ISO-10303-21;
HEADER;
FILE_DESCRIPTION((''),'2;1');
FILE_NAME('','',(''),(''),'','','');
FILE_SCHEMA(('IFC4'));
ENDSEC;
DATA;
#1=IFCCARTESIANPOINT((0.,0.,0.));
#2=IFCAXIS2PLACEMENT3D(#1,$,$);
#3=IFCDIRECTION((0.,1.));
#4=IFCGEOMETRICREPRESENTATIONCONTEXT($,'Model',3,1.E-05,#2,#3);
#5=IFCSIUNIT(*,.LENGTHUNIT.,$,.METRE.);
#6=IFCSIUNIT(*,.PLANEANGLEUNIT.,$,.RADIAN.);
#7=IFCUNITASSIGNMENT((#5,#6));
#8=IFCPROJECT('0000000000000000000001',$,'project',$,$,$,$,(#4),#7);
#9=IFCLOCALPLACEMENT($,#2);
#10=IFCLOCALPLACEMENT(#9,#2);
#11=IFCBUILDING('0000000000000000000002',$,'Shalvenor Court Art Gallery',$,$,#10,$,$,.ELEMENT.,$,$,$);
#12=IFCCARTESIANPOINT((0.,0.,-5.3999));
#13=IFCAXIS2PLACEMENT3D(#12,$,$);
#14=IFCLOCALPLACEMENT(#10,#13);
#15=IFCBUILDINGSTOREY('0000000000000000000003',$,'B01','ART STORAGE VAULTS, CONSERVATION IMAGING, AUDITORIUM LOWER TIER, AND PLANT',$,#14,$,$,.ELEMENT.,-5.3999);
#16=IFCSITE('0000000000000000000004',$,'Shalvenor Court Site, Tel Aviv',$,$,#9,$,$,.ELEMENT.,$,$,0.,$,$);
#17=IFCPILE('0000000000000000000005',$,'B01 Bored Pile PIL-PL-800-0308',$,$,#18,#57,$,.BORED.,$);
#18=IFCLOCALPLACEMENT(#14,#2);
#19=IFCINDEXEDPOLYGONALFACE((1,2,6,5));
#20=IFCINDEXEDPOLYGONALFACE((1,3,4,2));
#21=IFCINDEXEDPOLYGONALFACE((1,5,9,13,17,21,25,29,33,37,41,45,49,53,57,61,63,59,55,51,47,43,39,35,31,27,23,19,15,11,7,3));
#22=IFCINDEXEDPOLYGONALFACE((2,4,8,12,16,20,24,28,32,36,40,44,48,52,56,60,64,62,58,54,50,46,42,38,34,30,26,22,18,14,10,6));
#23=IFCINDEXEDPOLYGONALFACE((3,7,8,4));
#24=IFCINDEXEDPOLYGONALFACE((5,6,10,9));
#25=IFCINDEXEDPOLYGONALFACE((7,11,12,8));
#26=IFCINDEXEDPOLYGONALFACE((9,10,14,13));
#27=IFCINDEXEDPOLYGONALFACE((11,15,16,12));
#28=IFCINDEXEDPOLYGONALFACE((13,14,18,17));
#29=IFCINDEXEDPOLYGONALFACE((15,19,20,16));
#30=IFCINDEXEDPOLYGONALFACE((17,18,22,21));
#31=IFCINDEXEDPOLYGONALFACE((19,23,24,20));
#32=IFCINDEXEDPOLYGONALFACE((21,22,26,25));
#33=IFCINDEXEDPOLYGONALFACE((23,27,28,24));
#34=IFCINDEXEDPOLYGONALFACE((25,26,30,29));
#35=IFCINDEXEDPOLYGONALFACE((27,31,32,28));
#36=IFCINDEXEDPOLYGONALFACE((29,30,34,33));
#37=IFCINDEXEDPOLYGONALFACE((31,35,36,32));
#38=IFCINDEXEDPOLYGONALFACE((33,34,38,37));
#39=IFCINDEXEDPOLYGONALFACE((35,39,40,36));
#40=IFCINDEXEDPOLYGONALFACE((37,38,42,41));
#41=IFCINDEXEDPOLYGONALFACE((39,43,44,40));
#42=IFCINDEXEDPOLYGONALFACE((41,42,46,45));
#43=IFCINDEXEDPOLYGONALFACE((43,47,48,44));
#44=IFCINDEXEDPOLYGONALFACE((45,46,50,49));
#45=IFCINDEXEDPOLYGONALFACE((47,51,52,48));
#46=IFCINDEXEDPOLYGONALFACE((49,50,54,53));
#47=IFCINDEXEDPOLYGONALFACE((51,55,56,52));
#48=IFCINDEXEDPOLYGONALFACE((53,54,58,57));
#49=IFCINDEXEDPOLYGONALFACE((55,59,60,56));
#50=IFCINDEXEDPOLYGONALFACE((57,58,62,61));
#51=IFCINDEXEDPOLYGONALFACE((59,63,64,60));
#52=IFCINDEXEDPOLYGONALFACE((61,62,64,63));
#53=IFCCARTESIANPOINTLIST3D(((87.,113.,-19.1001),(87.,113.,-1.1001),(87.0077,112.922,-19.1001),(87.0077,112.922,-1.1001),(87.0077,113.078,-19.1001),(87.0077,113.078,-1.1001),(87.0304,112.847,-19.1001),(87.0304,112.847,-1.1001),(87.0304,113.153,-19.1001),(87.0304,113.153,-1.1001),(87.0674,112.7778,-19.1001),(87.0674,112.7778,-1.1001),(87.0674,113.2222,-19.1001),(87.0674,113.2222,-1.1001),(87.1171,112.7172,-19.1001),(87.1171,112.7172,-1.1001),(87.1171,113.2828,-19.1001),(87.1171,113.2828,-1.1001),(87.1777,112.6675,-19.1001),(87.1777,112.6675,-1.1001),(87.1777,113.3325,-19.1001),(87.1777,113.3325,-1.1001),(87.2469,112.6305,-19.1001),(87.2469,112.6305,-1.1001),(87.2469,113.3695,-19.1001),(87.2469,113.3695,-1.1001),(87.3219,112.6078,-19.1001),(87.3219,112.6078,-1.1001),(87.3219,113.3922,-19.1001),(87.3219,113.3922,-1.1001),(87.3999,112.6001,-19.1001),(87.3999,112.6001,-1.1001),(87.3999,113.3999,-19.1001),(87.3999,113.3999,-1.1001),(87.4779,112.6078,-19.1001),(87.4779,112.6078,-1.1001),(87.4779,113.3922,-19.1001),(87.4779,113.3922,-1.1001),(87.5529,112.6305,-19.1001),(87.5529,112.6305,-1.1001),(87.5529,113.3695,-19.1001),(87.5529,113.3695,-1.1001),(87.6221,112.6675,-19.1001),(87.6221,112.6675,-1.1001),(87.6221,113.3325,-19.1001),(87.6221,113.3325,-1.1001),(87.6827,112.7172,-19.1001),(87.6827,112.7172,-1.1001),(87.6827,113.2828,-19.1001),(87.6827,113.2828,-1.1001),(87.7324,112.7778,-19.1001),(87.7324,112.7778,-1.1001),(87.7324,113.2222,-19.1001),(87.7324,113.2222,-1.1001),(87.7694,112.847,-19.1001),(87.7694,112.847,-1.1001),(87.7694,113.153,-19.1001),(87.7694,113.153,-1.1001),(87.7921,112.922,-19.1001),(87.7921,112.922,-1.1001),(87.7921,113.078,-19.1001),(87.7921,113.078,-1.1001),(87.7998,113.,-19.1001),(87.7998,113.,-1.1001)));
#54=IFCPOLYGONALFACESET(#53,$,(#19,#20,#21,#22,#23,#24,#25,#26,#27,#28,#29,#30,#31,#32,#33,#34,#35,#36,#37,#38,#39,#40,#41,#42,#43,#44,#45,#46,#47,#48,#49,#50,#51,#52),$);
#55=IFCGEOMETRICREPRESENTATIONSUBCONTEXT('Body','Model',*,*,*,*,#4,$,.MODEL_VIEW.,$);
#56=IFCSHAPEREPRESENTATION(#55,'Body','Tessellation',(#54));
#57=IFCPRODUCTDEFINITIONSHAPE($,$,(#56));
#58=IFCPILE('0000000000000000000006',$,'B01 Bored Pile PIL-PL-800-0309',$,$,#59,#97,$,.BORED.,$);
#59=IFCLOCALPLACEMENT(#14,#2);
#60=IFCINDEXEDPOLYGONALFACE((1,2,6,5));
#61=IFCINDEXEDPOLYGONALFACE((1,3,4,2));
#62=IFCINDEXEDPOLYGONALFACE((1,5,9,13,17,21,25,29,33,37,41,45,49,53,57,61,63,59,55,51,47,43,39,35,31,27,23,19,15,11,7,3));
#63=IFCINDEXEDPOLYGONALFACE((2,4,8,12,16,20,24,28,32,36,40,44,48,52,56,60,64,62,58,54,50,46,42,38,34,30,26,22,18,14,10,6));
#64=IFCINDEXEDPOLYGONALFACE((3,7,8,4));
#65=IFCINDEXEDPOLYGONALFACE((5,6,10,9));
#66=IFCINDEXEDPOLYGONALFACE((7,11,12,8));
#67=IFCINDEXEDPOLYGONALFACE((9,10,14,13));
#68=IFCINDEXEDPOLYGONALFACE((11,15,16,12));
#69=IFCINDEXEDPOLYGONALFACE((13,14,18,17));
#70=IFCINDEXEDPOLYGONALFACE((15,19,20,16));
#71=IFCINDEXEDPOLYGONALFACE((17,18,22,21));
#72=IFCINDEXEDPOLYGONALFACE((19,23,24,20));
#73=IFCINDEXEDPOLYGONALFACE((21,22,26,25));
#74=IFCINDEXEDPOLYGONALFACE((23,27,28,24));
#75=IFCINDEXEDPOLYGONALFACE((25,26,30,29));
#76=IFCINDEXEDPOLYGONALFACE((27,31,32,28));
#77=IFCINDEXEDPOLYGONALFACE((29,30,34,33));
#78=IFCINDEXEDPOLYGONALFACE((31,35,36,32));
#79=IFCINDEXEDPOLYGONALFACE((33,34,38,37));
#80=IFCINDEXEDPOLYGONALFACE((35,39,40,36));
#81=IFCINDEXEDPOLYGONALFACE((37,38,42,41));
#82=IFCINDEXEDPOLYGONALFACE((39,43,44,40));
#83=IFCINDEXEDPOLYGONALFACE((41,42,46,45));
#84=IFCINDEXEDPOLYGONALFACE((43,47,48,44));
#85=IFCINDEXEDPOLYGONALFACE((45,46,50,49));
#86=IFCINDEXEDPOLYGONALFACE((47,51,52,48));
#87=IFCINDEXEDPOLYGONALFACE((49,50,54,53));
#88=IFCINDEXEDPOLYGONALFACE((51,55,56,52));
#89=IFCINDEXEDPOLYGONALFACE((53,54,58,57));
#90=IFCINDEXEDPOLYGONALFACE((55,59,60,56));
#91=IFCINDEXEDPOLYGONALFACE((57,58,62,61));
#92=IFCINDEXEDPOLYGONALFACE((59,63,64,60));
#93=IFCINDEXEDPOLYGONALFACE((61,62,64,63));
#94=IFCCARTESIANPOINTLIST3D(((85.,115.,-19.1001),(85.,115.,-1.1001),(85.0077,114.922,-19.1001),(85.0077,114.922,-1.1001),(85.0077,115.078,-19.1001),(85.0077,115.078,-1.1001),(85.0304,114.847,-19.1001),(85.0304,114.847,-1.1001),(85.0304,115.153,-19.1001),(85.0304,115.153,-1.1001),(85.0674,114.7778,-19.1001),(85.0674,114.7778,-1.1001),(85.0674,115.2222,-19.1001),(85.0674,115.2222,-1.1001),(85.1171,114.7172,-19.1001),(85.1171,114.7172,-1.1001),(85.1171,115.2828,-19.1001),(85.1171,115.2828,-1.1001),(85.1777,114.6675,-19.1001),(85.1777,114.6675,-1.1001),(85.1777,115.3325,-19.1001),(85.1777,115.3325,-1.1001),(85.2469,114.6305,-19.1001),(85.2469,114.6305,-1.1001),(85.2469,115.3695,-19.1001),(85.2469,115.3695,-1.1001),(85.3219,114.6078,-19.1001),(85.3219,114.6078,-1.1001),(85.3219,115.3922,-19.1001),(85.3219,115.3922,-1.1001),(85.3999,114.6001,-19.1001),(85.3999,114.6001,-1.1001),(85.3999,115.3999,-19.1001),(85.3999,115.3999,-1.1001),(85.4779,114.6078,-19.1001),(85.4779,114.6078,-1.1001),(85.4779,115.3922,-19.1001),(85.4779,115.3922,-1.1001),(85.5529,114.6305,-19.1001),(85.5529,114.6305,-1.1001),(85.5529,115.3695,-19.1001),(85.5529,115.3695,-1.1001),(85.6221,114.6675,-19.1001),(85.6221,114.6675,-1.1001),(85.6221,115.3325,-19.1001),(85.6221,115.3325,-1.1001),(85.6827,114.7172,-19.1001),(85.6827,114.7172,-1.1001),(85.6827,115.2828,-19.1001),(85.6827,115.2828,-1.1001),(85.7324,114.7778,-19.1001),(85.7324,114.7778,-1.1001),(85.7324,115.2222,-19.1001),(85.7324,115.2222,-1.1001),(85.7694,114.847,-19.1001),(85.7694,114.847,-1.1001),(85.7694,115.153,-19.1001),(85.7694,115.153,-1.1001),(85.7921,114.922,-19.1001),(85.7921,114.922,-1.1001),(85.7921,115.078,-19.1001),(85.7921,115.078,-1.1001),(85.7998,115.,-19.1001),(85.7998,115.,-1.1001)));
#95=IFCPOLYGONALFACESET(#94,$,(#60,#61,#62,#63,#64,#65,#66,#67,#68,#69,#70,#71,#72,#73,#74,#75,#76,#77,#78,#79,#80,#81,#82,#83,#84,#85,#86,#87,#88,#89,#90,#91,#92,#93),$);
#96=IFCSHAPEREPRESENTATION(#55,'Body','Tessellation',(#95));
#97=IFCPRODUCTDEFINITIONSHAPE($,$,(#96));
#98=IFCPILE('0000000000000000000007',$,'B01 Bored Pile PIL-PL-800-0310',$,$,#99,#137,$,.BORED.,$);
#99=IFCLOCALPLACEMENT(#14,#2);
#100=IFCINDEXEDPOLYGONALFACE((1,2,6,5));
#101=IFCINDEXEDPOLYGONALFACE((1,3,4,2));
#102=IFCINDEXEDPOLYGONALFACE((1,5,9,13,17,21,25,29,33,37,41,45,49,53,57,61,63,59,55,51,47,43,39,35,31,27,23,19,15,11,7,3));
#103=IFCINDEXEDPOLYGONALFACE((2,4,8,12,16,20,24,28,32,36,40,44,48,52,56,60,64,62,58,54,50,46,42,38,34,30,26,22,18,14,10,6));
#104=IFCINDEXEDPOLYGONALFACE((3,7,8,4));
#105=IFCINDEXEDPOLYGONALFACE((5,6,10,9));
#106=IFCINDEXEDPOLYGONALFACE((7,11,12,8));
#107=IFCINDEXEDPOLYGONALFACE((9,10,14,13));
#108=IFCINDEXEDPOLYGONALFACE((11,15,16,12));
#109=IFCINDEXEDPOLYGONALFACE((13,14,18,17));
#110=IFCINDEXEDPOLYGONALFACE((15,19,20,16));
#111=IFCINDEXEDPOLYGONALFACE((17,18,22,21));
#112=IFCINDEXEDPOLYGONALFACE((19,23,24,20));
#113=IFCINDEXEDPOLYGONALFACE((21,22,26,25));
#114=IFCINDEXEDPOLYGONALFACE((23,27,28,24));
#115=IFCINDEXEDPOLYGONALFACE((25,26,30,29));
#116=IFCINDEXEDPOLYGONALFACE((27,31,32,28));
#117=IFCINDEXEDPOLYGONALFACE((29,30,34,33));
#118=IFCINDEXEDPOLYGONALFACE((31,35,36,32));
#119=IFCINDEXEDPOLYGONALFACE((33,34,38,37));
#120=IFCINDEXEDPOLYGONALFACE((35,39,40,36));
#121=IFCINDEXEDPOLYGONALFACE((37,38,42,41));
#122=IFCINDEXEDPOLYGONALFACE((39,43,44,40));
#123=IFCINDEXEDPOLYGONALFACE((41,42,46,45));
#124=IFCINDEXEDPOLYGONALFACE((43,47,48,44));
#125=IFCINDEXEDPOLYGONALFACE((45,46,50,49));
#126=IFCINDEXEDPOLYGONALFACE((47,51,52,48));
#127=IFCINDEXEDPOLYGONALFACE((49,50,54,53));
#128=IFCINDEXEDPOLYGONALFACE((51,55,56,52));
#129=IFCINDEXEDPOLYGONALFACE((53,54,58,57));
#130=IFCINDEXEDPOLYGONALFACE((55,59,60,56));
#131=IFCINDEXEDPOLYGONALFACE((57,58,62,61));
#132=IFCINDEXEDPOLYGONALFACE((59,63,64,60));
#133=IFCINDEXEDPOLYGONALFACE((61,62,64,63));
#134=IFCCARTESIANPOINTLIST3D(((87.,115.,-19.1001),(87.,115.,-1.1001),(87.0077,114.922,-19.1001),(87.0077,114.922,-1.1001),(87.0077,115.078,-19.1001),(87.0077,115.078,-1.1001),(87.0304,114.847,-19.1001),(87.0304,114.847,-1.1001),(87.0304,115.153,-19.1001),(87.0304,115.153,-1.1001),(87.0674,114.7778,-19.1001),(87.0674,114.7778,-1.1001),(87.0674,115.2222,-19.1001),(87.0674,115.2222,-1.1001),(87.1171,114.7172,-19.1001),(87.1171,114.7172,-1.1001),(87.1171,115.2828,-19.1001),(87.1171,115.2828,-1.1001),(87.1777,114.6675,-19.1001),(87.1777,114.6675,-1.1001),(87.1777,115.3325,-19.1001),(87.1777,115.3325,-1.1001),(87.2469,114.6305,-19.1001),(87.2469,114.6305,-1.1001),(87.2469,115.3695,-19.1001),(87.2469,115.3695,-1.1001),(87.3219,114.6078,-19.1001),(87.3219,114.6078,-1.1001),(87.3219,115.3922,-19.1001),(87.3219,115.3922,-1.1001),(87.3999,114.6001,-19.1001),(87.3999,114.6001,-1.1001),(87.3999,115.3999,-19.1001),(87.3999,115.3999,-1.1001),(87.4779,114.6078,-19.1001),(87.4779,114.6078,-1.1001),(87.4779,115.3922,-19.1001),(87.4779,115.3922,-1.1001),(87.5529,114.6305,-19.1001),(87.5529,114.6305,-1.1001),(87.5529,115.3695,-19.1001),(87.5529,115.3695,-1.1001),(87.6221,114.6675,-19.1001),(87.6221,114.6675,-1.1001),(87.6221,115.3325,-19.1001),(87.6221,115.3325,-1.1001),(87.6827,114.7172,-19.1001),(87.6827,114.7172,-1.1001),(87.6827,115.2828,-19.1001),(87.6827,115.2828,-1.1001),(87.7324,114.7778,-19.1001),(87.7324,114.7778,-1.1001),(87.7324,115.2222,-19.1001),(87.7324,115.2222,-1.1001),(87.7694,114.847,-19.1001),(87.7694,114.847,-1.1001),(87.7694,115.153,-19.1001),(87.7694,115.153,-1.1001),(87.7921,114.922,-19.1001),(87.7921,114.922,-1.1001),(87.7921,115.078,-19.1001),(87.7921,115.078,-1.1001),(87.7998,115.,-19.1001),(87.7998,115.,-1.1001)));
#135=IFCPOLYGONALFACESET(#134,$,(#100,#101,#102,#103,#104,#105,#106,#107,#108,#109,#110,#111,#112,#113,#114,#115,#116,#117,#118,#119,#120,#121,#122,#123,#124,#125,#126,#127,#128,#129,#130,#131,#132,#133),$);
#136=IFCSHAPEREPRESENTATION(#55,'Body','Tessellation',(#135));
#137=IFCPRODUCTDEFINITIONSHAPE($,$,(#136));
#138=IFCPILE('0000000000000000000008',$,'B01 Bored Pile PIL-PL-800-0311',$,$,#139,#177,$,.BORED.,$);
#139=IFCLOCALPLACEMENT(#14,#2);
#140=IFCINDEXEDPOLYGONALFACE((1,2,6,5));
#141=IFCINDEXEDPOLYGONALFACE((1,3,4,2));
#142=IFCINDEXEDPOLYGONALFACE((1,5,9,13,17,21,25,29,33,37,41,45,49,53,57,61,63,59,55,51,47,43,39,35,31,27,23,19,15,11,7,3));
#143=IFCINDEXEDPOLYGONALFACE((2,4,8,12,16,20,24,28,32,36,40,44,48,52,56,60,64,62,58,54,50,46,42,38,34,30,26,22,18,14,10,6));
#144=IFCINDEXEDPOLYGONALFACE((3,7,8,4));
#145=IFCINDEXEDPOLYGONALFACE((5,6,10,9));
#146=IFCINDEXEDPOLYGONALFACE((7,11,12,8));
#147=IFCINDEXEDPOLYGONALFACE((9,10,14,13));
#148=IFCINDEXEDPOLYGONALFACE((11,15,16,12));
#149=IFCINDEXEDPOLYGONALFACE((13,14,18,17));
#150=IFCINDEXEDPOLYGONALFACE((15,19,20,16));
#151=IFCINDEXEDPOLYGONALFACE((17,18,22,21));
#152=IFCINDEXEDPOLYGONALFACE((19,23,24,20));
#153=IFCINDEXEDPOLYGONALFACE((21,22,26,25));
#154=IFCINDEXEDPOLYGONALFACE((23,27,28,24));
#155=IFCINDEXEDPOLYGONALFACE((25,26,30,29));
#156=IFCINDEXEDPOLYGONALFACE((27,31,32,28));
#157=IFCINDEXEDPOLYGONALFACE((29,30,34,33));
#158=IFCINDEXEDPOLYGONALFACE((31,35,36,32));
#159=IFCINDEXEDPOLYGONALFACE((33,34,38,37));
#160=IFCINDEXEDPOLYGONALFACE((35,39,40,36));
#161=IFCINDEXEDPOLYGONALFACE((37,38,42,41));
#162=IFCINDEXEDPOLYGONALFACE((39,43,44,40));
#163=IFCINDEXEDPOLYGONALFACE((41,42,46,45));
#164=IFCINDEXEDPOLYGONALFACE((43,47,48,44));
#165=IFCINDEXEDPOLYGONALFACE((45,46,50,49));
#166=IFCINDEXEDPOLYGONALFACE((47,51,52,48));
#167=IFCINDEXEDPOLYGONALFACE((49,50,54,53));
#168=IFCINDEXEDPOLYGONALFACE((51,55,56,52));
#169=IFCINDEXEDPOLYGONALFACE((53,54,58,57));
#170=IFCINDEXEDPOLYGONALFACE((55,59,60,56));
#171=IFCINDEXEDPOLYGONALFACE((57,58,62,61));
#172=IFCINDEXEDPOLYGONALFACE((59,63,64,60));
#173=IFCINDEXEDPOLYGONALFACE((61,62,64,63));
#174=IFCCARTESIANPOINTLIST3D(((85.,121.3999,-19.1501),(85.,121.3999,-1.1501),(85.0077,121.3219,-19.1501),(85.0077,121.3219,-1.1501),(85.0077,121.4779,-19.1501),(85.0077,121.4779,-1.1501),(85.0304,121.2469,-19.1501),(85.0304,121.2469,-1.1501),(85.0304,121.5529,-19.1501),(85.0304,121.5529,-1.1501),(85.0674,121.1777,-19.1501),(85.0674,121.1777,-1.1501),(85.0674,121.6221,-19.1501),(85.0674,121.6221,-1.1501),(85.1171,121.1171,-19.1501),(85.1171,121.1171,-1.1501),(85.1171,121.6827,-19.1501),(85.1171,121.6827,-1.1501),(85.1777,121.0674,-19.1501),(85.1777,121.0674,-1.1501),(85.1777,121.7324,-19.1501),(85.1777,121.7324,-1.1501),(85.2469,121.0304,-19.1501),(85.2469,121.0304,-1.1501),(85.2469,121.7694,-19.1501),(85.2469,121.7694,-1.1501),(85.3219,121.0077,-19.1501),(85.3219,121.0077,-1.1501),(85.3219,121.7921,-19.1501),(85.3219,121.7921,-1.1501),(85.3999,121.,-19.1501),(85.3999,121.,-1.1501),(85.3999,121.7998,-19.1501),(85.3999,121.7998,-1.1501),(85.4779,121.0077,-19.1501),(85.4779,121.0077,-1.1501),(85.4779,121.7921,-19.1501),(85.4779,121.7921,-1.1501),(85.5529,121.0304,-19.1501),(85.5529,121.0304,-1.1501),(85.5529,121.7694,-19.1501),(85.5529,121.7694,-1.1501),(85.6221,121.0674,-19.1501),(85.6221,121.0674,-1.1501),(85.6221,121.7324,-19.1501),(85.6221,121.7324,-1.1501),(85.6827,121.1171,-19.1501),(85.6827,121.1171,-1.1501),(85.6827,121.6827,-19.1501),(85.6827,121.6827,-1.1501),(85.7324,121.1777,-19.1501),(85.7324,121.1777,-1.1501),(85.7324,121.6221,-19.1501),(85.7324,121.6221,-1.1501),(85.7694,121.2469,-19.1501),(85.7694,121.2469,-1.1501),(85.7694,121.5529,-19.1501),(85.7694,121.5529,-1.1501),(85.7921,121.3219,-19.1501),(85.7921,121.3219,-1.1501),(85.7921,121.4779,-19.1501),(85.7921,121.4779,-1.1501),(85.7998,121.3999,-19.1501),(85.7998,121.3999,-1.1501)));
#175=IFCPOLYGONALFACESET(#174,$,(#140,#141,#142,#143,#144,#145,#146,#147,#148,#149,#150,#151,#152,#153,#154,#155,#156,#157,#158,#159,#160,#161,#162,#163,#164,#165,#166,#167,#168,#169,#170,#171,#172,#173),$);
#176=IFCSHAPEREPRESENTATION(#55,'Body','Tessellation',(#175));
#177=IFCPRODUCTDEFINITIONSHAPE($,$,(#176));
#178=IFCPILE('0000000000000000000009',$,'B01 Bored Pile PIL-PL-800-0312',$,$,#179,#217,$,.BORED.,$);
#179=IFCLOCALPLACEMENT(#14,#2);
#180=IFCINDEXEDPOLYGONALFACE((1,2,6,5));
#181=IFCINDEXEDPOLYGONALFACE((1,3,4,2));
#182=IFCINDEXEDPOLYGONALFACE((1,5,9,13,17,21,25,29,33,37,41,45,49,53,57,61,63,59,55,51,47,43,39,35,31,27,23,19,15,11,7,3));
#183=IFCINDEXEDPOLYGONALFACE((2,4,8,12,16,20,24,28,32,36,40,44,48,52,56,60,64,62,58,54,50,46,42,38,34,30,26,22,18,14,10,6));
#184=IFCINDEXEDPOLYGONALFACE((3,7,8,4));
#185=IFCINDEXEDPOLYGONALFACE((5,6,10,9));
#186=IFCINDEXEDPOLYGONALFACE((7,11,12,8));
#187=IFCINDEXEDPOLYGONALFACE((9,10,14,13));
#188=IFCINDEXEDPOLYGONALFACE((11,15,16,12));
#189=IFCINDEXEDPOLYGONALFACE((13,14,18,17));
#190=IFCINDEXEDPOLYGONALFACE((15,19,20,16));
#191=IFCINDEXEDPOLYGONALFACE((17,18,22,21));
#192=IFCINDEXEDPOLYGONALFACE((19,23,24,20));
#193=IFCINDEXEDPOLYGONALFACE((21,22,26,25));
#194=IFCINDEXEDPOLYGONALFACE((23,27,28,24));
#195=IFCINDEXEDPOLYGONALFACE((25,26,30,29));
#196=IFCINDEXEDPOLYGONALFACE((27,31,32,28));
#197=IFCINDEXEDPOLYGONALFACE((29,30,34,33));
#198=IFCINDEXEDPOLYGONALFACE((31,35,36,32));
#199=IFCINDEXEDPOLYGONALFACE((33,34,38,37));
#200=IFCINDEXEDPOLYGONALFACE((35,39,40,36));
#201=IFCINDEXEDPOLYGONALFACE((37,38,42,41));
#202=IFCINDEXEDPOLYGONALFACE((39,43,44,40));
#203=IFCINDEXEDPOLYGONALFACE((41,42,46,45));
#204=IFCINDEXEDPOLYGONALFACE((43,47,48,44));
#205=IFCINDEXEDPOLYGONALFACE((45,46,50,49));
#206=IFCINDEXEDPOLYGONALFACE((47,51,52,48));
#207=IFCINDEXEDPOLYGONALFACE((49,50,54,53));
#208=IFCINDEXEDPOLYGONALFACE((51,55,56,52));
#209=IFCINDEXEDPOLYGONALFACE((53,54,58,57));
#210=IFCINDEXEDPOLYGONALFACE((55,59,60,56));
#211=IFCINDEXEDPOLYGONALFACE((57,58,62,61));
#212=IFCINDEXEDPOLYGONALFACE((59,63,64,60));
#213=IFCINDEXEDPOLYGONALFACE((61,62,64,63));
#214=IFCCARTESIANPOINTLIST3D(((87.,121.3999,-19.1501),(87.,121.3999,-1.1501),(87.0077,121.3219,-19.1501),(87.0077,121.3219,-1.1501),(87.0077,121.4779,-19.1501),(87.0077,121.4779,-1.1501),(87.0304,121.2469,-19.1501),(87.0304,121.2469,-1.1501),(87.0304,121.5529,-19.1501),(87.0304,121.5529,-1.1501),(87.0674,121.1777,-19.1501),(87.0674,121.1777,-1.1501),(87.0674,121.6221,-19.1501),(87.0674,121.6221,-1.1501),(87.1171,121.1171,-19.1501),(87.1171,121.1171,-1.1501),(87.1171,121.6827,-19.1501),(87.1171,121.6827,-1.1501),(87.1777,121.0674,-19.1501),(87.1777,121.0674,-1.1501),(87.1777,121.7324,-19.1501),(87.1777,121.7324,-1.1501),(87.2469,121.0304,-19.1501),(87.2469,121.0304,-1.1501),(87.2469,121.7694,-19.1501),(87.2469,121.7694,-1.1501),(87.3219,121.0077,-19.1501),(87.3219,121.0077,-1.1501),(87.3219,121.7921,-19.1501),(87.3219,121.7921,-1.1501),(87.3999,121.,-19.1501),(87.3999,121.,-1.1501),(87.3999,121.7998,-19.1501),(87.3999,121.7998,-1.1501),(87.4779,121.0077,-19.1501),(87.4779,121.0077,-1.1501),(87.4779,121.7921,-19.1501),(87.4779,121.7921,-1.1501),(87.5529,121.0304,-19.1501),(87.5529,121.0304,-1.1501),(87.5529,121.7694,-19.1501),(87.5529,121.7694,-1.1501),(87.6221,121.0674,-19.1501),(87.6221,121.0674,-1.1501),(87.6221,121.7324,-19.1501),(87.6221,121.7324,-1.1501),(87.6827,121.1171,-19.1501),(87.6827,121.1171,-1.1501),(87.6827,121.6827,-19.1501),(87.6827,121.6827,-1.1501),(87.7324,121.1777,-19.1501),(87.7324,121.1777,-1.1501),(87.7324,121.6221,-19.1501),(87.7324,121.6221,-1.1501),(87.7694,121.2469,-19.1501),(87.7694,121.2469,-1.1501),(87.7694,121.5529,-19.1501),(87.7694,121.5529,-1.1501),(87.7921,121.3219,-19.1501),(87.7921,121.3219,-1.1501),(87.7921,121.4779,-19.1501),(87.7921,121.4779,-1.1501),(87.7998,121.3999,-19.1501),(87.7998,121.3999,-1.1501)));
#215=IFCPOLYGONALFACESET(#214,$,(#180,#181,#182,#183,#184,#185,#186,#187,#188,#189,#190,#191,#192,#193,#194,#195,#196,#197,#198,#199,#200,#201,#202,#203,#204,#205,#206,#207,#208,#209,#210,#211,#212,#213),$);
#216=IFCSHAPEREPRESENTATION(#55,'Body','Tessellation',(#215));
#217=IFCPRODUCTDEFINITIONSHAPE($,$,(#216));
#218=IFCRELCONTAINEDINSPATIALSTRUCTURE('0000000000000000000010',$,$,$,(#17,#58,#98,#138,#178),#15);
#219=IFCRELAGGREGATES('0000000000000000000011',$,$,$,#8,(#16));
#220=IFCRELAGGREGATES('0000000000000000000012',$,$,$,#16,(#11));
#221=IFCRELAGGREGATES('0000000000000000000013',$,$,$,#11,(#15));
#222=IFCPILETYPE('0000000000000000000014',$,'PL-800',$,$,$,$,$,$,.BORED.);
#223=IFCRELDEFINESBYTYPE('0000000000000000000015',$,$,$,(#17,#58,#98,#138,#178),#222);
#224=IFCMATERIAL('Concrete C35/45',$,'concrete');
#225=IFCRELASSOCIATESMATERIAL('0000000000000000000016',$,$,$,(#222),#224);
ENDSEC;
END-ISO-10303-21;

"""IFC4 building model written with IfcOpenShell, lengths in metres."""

from ifc_helpers import new_model, si_unit, direction, frame, origin, origin_2d, place, context, subcontext, project, spatial, circle, extrude, material, material_profile, profile_set, type_object, element, save


model = new_model("IFC4")

# Units and contexts
model_context = context("Model", 3, precision=1e-05, world=origin(), true_north=direction((0.0, 1.0)))
body_context = subcontext(model_context, "Body", "Model", "MODEL_VIEW")
ifc_project = project(units=[si_unit("LENGTHUNIT", "METRE"), si_unit("PLANEANGLEUNIT", "RADIAN")], contexts=[model_context])

# Site, building, storey
site_placement = place(None, origin())
site = spatial("IfcSite", under=ifc_project, at=site_placement, Name="Shalvenor Court Site, Tel Aviv", CompositionType="ELEMENT", RefElevation=0.0)
building_placement = place(site_placement, origin())
building = spatial("IfcBuilding", under=site, at=building_placement, Name="Shalvenor Court Art Gallery", CompositionType="ELEMENT")
storey_placement = place(building_placement, frame((0.0, 0.0, -5.3999)))
storey = spatial("IfcBuildingStorey", under=building, at=storey_placement, Name="B01", Description="ART STORAGE VAULTS, CONSERVATION IMAGING, AUDITORIUM LOWER TIER, AND PLANT", CompositionType="ELEMENT", Elevation=-5.3999)

# Piles
ifc_material_1 = material(Name="Concrete C35/45", Category="concrete")
ifc_material_profile_1 = material_profile(ifc_material_1, circle(Radius=0.3999, at=origin_2d()), Name="PILE 800")
ifc_profile_set_1 = profile_set([ifc_material_profile_1], Name="Concrete C35/45")
pile_type_1 = type_object("IfcPileType", Name="PL-800", PredefinedType="BORED", material=ifc_profile_set_1)
for number, where, z_axis, x_axis, name in (
    (1, (87.3999, 113.0, -1.1001), (0.0, 0.0, -1.0), (1.0, 0.0, 0.0), "B01 Bored Pile PIL-PL-800-0308"),
    (2, (85.3999, 115.0, -1.1001), (0.0, 0.0, -1.0), (1.0, 0.0, 0.0), "B01 Bored Pile PIL-PL-800-0309"),
    (3, (87.3999, 115.0, -1.1001), (0.0, 0.0, -1.0), (1.0, 0.0, 0.0), "B01 Bored Pile PIL-PL-800-0310"),
    (4, (85.3999, 121.3999, -1.1501), (0.0, 0.0, -1.0), (1.0, 0.0, 0.0), "B01 Bored Pile PIL-PL-800-0311"),
    (5, (87.3999, 121.3999, -1.1501), (0.0, 0.0, -1.0), (1.0, 0.0, 0.0), "B01 Bored Pile PIL-PL-800-0312"),
):
    element("IfcPile", number, at=place(storey_placement, frame(where, z_axis=z_axis, x_axis=x_axis)), inside=storey, type_object=pile_type_1, Name=name, PredefinedType="BORED", context=body_context, shape_type="SweptSolid", body=[
        extrude(circle(Radius=0.3999, at=origin_2d()), origin(), (0.0, 0.0, 1.0), 18.0),
    ])

save(model, "model.ifc")
